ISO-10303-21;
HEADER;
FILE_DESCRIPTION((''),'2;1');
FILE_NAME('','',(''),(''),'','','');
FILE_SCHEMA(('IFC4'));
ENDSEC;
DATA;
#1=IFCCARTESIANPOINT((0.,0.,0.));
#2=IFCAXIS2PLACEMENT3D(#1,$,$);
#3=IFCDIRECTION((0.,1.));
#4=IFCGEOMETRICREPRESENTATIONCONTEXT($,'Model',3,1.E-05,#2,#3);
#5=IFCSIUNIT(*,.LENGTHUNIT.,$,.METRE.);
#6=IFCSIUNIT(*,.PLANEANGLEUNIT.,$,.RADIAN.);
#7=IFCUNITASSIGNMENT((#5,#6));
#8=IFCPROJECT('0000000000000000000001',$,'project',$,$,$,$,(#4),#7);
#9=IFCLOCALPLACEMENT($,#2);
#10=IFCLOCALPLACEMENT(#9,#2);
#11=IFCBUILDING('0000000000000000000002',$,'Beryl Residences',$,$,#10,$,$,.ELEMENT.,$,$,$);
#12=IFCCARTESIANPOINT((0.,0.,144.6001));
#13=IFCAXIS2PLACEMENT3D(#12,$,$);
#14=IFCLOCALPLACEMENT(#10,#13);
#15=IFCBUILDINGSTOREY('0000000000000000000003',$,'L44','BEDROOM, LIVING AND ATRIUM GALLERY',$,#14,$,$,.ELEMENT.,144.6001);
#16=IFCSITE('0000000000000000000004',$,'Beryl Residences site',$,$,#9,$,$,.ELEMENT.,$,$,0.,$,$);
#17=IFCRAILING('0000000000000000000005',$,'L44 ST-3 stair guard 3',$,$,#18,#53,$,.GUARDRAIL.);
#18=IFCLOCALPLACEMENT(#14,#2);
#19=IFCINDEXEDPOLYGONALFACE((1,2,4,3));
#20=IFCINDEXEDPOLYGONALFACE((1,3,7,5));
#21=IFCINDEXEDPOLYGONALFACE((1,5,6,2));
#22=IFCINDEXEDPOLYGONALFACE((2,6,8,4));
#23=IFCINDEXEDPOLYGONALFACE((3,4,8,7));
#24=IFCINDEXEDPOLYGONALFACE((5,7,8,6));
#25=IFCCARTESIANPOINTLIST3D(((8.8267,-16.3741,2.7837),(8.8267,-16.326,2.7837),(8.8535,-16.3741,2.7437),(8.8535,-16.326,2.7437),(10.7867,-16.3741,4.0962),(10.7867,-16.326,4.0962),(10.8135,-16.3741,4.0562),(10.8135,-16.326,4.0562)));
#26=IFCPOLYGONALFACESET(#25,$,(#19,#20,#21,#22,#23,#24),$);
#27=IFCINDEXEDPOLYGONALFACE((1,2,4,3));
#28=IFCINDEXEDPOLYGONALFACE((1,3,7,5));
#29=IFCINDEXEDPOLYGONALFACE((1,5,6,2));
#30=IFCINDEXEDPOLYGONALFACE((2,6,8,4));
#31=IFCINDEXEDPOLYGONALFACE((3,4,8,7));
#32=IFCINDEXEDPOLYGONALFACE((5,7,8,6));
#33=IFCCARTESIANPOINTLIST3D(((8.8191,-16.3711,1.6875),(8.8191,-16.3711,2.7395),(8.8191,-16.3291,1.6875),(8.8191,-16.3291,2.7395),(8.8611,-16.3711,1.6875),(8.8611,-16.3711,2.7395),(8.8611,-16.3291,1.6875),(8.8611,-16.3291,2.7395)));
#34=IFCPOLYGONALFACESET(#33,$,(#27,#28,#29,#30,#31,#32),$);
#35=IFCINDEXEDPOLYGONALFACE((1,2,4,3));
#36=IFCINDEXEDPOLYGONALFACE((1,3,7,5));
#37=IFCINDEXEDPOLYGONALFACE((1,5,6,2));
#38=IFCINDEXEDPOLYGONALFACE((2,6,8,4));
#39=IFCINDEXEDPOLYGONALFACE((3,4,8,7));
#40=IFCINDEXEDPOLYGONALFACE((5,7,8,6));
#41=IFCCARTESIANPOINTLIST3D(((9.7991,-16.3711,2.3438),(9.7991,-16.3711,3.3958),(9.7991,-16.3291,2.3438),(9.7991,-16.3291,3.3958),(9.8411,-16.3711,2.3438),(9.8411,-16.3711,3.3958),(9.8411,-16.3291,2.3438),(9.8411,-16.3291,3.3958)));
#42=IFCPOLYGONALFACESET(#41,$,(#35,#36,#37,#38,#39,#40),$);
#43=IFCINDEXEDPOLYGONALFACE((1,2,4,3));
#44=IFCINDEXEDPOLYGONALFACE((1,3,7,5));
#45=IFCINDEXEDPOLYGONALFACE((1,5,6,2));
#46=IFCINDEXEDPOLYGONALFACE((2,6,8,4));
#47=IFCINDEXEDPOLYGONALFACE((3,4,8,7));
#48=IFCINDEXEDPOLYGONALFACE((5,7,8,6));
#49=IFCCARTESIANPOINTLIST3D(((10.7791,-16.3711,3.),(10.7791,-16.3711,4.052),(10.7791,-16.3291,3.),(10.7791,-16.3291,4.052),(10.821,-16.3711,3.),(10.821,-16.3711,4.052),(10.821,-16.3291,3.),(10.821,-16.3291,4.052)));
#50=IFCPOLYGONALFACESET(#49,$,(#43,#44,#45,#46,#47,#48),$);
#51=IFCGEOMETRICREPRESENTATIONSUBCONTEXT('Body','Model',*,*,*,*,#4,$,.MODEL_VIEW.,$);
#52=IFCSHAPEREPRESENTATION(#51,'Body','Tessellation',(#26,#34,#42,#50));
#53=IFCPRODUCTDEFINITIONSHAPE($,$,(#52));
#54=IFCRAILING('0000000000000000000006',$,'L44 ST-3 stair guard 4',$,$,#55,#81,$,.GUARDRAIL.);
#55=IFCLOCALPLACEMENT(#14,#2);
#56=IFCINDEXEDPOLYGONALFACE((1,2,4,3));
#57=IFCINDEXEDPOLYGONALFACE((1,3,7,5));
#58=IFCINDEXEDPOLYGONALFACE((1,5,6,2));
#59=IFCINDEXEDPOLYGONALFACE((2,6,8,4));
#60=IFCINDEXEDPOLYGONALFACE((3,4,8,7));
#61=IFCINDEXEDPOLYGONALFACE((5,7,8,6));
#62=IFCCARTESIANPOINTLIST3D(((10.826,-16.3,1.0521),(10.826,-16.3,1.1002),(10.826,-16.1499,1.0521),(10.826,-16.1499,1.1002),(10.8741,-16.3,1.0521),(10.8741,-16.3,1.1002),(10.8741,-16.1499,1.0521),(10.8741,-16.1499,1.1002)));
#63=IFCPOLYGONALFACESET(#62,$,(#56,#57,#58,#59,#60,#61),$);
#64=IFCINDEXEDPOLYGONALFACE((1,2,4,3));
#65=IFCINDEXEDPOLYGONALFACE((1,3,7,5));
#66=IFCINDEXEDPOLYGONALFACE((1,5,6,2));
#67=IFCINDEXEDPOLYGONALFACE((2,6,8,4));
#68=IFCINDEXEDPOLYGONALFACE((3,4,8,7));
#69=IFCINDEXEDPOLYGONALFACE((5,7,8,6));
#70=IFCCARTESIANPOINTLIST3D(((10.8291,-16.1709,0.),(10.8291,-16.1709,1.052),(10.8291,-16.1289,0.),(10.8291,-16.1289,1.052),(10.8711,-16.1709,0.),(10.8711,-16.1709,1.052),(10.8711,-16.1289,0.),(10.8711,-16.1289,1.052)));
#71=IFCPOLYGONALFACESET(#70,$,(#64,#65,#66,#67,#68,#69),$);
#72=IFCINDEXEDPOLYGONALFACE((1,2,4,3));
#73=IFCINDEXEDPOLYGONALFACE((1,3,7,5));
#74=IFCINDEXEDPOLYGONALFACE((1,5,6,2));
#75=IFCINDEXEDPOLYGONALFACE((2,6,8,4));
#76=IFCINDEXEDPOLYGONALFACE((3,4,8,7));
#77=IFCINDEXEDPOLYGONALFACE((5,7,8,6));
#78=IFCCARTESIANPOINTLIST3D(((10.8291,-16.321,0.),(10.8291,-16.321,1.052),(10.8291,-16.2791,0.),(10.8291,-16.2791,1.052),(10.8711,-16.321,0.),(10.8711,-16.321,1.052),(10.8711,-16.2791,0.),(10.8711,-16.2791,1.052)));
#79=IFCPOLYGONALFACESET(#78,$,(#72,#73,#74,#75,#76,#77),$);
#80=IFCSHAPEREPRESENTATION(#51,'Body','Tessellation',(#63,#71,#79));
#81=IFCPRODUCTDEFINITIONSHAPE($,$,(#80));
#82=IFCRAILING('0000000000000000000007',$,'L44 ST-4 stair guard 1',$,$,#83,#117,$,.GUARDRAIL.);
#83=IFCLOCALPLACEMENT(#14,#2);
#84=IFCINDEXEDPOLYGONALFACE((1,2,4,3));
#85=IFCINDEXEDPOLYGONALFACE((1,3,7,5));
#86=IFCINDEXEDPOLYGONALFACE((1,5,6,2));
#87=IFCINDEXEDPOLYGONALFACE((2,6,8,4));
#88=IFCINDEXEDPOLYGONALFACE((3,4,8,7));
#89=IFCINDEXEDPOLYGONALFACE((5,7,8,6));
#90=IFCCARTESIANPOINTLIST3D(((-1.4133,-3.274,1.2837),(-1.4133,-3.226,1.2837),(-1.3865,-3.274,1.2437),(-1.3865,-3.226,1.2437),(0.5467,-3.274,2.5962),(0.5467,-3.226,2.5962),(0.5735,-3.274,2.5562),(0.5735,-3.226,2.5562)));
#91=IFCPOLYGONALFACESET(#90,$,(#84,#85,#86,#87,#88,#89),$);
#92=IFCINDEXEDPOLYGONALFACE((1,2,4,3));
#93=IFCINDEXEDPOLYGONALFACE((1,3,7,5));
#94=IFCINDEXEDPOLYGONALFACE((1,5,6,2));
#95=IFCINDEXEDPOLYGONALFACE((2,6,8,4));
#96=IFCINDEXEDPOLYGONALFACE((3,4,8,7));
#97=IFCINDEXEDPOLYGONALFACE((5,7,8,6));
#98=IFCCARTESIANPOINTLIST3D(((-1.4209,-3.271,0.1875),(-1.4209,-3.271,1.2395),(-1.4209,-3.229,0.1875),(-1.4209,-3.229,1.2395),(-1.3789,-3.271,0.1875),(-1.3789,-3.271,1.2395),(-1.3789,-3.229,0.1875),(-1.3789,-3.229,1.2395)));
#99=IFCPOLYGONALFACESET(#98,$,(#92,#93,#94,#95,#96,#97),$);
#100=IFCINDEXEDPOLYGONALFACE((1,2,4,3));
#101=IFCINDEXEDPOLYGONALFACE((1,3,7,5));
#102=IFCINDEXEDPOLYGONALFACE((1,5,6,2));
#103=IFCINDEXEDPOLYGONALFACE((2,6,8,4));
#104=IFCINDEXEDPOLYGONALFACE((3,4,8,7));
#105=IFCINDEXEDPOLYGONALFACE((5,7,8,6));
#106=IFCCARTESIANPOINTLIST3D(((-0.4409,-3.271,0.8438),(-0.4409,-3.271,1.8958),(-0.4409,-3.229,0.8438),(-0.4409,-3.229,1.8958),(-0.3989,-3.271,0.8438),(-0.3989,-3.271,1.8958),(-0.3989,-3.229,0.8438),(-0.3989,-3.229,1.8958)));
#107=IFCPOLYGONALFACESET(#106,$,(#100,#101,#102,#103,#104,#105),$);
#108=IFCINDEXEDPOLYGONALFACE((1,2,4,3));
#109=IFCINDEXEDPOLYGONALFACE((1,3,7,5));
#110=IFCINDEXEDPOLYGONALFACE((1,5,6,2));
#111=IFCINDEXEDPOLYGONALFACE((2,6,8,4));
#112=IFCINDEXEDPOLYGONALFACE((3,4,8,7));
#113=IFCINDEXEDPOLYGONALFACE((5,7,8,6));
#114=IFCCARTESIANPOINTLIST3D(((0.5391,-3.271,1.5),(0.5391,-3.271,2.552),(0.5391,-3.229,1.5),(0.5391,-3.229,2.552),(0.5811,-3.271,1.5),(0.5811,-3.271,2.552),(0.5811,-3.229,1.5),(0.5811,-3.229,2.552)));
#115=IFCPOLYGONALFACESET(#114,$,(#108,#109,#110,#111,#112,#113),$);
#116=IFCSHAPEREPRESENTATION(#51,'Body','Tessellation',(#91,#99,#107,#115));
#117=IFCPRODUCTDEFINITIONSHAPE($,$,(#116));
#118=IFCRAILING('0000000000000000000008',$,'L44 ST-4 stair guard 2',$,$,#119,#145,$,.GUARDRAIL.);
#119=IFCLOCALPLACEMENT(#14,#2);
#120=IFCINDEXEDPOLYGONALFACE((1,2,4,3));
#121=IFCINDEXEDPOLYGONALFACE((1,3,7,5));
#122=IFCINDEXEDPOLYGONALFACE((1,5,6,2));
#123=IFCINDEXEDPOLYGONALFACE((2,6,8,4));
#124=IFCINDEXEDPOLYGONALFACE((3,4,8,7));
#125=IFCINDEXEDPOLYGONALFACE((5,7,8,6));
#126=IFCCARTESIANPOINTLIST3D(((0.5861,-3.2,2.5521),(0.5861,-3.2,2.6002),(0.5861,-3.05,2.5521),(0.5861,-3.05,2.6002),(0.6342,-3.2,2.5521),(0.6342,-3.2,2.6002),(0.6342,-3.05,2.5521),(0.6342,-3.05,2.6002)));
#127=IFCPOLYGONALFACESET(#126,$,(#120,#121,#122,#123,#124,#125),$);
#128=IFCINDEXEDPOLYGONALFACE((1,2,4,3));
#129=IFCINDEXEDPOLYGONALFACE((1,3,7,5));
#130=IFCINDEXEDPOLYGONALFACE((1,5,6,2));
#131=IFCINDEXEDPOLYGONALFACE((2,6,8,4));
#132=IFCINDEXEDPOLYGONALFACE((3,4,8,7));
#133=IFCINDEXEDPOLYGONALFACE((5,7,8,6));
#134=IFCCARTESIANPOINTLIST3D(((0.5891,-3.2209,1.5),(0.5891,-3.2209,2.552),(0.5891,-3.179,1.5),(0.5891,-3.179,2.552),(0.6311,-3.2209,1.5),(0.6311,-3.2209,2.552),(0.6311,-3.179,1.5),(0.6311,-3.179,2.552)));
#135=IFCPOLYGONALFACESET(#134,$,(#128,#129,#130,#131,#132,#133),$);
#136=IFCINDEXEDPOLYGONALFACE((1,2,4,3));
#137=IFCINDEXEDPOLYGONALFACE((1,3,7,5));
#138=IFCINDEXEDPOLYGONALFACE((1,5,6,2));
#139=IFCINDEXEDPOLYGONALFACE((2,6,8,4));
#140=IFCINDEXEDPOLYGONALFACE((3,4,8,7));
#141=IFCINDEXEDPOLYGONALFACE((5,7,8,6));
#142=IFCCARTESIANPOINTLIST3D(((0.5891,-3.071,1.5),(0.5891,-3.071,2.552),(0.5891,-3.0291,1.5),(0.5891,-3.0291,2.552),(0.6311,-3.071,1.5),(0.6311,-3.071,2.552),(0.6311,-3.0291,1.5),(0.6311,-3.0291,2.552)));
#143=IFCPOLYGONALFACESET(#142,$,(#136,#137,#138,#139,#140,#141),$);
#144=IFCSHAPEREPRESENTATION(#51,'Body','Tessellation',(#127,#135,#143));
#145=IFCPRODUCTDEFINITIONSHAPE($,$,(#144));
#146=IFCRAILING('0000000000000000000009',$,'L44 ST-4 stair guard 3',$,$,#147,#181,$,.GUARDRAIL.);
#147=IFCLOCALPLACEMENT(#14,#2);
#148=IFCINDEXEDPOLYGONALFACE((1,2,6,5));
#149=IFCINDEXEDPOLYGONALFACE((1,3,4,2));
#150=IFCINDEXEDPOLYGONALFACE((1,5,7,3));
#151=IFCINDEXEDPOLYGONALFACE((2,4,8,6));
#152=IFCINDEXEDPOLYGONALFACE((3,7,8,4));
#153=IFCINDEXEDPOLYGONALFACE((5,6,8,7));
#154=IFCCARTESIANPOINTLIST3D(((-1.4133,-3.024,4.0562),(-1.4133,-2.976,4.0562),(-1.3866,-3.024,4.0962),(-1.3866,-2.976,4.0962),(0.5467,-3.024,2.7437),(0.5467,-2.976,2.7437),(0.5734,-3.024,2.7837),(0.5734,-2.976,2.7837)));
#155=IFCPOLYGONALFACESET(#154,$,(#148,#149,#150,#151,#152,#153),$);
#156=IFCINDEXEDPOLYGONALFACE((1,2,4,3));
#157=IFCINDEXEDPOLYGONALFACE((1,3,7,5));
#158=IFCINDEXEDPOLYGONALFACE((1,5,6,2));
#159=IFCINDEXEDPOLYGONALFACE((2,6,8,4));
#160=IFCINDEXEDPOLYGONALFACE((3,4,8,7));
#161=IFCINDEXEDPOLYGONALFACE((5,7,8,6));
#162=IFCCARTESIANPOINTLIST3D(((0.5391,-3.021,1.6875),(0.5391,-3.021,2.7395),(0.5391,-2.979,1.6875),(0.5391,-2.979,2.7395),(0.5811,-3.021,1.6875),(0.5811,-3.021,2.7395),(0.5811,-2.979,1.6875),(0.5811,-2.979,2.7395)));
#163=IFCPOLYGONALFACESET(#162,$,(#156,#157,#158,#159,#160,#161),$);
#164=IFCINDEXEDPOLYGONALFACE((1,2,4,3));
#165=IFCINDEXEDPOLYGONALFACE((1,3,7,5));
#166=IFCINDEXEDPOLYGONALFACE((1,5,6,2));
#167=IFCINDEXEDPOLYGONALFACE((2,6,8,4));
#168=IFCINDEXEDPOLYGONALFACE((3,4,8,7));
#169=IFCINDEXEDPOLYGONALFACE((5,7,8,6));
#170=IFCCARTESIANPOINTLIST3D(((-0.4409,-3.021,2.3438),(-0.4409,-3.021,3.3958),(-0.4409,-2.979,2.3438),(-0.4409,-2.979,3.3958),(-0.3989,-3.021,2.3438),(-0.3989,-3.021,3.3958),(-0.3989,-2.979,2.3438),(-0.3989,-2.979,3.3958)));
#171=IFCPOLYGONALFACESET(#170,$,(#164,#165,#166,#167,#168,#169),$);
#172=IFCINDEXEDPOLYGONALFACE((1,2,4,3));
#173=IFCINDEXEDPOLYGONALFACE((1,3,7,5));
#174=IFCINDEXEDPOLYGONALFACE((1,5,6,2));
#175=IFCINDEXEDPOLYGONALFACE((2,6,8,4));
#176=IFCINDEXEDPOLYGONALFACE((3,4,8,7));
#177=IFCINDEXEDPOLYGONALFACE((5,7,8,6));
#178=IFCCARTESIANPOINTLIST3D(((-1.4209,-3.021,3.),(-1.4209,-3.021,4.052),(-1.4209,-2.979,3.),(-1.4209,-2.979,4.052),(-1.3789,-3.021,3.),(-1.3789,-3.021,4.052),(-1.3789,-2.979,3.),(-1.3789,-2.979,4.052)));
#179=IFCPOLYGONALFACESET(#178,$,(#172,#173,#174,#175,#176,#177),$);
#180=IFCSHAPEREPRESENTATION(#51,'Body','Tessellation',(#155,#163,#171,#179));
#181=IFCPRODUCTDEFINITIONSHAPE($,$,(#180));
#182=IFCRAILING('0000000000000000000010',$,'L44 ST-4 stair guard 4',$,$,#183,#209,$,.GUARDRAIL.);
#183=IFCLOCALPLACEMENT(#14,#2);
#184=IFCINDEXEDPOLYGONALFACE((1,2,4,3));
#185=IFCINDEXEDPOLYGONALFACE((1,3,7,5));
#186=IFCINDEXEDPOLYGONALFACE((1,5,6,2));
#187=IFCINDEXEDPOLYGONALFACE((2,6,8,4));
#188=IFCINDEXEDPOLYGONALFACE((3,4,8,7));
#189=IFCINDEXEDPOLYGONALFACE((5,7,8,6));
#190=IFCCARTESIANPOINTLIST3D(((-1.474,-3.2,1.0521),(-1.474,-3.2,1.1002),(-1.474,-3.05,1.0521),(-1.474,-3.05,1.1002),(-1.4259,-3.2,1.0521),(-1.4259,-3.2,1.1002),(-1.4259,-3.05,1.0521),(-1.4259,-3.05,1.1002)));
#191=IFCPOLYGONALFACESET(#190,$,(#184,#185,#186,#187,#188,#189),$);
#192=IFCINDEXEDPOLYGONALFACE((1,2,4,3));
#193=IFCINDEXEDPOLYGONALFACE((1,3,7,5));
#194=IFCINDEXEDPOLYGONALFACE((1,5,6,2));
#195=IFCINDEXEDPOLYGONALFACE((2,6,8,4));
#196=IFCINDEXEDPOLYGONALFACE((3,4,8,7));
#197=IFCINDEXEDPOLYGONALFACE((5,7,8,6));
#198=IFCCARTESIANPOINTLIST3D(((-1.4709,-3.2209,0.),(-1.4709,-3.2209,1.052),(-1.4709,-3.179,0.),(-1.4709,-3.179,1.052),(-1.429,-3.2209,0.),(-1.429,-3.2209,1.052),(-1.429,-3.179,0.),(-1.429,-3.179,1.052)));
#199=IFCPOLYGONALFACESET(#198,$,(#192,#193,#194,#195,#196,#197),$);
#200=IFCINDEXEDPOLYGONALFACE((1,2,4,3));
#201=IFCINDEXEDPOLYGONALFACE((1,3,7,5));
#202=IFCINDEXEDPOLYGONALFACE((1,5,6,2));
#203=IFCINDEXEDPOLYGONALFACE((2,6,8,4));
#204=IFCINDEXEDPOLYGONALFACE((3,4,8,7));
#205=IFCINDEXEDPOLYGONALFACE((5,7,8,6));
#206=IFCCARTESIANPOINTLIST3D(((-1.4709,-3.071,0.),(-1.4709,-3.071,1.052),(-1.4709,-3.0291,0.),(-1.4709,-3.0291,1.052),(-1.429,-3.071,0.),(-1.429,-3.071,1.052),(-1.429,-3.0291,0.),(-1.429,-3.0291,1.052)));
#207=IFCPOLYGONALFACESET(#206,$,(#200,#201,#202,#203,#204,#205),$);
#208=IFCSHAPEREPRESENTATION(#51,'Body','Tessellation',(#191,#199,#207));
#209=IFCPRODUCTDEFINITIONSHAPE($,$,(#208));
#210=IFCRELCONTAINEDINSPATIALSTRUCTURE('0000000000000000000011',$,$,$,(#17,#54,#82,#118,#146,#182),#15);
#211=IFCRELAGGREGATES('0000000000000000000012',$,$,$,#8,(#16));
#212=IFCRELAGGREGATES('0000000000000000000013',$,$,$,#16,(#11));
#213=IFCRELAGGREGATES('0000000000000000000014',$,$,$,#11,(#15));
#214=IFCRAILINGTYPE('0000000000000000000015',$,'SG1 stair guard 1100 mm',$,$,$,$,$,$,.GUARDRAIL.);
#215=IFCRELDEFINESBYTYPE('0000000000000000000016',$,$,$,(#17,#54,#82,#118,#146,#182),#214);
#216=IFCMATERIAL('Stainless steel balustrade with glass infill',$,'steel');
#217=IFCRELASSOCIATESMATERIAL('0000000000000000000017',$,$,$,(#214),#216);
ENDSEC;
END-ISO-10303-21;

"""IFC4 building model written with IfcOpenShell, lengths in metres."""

from ifc_helpers import new_model, si_unit, direction, frame, origin, origin_2d, place, context, subcontext, project, spatial, rectangle, extrude, material, type_object, element, save


model = new_model("IFC4")

# Units and contexts
model_context = context("Model", 3, precision=1e-05, world=origin(), true_north=direction((0.0, 1.0)))
body_context = subcontext(model_context, "Body", "Model", "MODEL_VIEW")
ifc_project = project(units=[si_unit("LENGTHUNIT", "METRE"), si_unit("PLANEANGLEUNIT", "RADIAN")], contexts=[model_context])

# Site, building, storey
site_placement = place(None, origin())
site = spatial("IfcSite", under=ifc_project, at=site_placement, Name="Beryl Residences site", CompositionType="ELEMENT", RefElevation=0.0)
building_placement = place(site_placement, origin())
building = spatial("IfcBuilding", under=site, at=building_placement, Name="Beryl Residences", CompositionType="ELEMENT")
storey_placement = place(building_placement, frame((0.0, 0.0, 144.6001)))
storey = spatial("IfcBuildingStorey", under=building, at=storey_placement, Name="L44", Description="BEDROOM, LIVING AND ATRIUM GALLERY", CompositionType="ELEMENT", Elevation=144.6001)

# Railings
ifc_material_1 = material(Name="Stainless steel balustrade with glass infill", Category="steel")
railing_type_1 = type_object("IfcRailingType", Name="SG1 stair guard 1100 mm", PredefinedType="GUARDRAIL", material=ifc_material_1)
railing_1_placement = place(storey_placement, frame((8.8401, -16.3501, 1.6875)))
element("IfcRailing", 1, at=railing_1_placement, inside=storey, type_object=railing_type_1, Name="L44 ST-3 stair guard 3", PredefinedType="GUARDRAIL", context=body_context, shape_type="SweptSolid", body=[
    extrude(rectangle(XDim=0.0481, YDim=0.0481, at=origin_2d()), frame((0.0, 0.0, 1.0762), z_axis=(0.830902, 0.0, 0.556419), x_axis=(0.0, 1.0, 0.0)), (0.0, 0.0, 1.0), 2.3589),
    extrude(rectangle(XDim=0.042, YDim=0.042, at=origin_2d()), origin(), (0.0, 0.0, 1.0), 1.052),
    extrude(rectangle(XDim=0.042, YDim=0.042, at=origin_2d()), frame((0.98, 0.0, 0.6562)), (0.0, 0.0, 1.0), 1.052),
    extrude(rectangle(XDim=0.042, YDim=0.042, at=origin_2d()), frame((1.96, 0.0, 1.3125)), (0.0, 0.0, 1.0), 1.052),
])
railing_2_placement = place(storey_placement, frame((10.8501, -16.1499, 0.0)))
element("IfcRailing", 2, at=railing_2_placement, inside=storey, type_object=railing_type_1, Name="L44 ST-3 stair guard 4", PredefinedType="GUARDRAIL", context=body_context, shape_type="SweptSolid", body=[
    extrude(rectangle(XDim=0.0481, YDim=0.0481, at=origin_2d()), frame((0.0, 0.0, 1.0762), z_axis=(0.0, -1.0, 0.0), x_axis=(1.0, 0.0, 0.0)), (0.0, 0.0, 1.0), 0.1501),
    extrude(rectangle(XDim=0.042, YDim=0.042, at=origin_2d()), origin(), (0.0, 0.0, 1.0), 1.052),
    extrude(rectangle(XDim=0.042, YDim=0.042, at=origin_2d()), frame((0.0, -0.1501, 0.0)), (0.0, 0.0, 1.0), 1.052),
])
railing_3_placement = place(storey_placement, frame((-1.3999, -3.25, 0.1875)))
element("IfcRailing", 3, at=railing_3_placement, inside=storey, type_object=railing_type_1, Name="L44 ST-4 stair guard 1", PredefinedType="GUARDRAIL", context=body_context, shape_type="SweptSolid", body=[
    extrude(rectangle(XDim=0.0481, YDim=0.0481, at=origin_2d()), frame((0.0, 0.0, 1.0762), z_axis=(0.830902, 0.0, 0.556419), x_axis=(0.0, 1.0, 0.0)), (0.0, 0.0, 1.0), 2.3589),
    extrude(rectangle(XDim=0.042, YDim=0.042, at=origin_2d()), origin(), (0.0, 0.0, 1.0), 1.052),
    extrude(rectangle(XDim=0.042, YDim=0.042, at=origin_2d()), frame((0.98, 0.0, 0.6562)), (0.0, 0.0, 1.0), 1.052),
    extrude(rectangle(XDim=0.042, YDim=0.042, at=origin_2d()), frame((1.96, 0.0, 1.3125)), (0.0, 0.0, 1.0), 1.052),
])
railing_4_placement = place(storey_placement, frame((0.6101, -3.2, 1.5)))
element("IfcRailing", 4, at=railing_4_placement, inside=storey, type_object=railing_type_1, Name="L44 ST-4 stair guard 2", PredefinedType="GUARDRAIL", context=body_context, shape_type="SweptSolid", body=[
    extrude(rectangle(XDim=0.0481, YDim=0.0481, at=origin_2d()), frame((0.0, 0.0, 1.0762), z_axis=(0.0, 1.0, 0.0), x_axis=(-1.0, 0.0, 0.0)), (0.0, 0.0, 1.0), 0.1499),
    extrude(rectangle(XDim=0.042, YDim=0.042, at=origin_2d()), origin(), (0.0, 0.0, 1.0), 1.052),
    extrude(rectangle(XDim=0.042, YDim=0.042, at=origin_2d()), frame((0.0, 0.1499, 0.0)), (0.0, 0.0, 1.0), 1.052),
])
railing_5_placement = place(storey_placement, frame((0.5601, -3.0, 1.6875)))
element("IfcRailing", 5, at=railing_5_placement, inside=storey, type_object=railing_type_1, Name="L44 ST-4 stair guard 3", PredefinedType="GUARDRAIL", context=body_context, shape_type="SweptSolid", body=[
    extrude(rectangle(XDim=0.0481, YDim=0.0481, at=origin_2d()), frame((0.0, 0.0, 1.0762), z_axis=(-0.830902, 0.0, 0.556419), x_axis=(0.0, -1.0, 0.0)), (0.0, 0.0, 1.0), 2.3589),
    extrude(rectangle(XDim=0.042, YDim=0.042, at=origin_2d()), origin(), (0.0, 0.0, 1.0), 1.052),
    extrude(rectangle(XDim=0.042, YDim=0.042, at=origin_2d()), frame((-0.98, 0.0, 0.6562)), (0.0, 0.0, 1.0), 1.052),
    extrude(rectangle(XDim=0.042, YDim=0.042, at=origin_2d()), frame((-1.96, 0.0, 1.3125)), (0.0, 0.0, 1.0), 1.052),
])
railing_6_placement = place(storey_placement, frame((-1.45, -3.2, 0.0)))
element("IfcRailing", 6, at=railing_6_placement, inside=storey, type_object=railing_type_1, Name="L44 ST-4 stair guard 4", PredefinedType="GUARDRAIL", context=body_context, shape_type="SweptSolid", body=[
    extrude(rectangle(XDim=0.0481, YDim=0.0481, at=origin_2d()), frame((0.0, 0.0, 1.0762), z_axis=(0.0, 1.0, 0.0), x_axis=(-1.0, 0.0, 0.0)), (0.0, 0.0, 1.0), 0.1499),
    extrude(rectangle(XDim=0.042, YDim=0.042, at=origin_2d()), origin(), (0.0, 0.0, 1.0), 1.052),
    extrude(rectangle(XDim=0.042, YDim=0.042, at=origin_2d()), frame((0.0, 0.1499, 0.0)), (0.0, 0.0, 1.0), 1.052),
])

save(model, "model.ifc")
